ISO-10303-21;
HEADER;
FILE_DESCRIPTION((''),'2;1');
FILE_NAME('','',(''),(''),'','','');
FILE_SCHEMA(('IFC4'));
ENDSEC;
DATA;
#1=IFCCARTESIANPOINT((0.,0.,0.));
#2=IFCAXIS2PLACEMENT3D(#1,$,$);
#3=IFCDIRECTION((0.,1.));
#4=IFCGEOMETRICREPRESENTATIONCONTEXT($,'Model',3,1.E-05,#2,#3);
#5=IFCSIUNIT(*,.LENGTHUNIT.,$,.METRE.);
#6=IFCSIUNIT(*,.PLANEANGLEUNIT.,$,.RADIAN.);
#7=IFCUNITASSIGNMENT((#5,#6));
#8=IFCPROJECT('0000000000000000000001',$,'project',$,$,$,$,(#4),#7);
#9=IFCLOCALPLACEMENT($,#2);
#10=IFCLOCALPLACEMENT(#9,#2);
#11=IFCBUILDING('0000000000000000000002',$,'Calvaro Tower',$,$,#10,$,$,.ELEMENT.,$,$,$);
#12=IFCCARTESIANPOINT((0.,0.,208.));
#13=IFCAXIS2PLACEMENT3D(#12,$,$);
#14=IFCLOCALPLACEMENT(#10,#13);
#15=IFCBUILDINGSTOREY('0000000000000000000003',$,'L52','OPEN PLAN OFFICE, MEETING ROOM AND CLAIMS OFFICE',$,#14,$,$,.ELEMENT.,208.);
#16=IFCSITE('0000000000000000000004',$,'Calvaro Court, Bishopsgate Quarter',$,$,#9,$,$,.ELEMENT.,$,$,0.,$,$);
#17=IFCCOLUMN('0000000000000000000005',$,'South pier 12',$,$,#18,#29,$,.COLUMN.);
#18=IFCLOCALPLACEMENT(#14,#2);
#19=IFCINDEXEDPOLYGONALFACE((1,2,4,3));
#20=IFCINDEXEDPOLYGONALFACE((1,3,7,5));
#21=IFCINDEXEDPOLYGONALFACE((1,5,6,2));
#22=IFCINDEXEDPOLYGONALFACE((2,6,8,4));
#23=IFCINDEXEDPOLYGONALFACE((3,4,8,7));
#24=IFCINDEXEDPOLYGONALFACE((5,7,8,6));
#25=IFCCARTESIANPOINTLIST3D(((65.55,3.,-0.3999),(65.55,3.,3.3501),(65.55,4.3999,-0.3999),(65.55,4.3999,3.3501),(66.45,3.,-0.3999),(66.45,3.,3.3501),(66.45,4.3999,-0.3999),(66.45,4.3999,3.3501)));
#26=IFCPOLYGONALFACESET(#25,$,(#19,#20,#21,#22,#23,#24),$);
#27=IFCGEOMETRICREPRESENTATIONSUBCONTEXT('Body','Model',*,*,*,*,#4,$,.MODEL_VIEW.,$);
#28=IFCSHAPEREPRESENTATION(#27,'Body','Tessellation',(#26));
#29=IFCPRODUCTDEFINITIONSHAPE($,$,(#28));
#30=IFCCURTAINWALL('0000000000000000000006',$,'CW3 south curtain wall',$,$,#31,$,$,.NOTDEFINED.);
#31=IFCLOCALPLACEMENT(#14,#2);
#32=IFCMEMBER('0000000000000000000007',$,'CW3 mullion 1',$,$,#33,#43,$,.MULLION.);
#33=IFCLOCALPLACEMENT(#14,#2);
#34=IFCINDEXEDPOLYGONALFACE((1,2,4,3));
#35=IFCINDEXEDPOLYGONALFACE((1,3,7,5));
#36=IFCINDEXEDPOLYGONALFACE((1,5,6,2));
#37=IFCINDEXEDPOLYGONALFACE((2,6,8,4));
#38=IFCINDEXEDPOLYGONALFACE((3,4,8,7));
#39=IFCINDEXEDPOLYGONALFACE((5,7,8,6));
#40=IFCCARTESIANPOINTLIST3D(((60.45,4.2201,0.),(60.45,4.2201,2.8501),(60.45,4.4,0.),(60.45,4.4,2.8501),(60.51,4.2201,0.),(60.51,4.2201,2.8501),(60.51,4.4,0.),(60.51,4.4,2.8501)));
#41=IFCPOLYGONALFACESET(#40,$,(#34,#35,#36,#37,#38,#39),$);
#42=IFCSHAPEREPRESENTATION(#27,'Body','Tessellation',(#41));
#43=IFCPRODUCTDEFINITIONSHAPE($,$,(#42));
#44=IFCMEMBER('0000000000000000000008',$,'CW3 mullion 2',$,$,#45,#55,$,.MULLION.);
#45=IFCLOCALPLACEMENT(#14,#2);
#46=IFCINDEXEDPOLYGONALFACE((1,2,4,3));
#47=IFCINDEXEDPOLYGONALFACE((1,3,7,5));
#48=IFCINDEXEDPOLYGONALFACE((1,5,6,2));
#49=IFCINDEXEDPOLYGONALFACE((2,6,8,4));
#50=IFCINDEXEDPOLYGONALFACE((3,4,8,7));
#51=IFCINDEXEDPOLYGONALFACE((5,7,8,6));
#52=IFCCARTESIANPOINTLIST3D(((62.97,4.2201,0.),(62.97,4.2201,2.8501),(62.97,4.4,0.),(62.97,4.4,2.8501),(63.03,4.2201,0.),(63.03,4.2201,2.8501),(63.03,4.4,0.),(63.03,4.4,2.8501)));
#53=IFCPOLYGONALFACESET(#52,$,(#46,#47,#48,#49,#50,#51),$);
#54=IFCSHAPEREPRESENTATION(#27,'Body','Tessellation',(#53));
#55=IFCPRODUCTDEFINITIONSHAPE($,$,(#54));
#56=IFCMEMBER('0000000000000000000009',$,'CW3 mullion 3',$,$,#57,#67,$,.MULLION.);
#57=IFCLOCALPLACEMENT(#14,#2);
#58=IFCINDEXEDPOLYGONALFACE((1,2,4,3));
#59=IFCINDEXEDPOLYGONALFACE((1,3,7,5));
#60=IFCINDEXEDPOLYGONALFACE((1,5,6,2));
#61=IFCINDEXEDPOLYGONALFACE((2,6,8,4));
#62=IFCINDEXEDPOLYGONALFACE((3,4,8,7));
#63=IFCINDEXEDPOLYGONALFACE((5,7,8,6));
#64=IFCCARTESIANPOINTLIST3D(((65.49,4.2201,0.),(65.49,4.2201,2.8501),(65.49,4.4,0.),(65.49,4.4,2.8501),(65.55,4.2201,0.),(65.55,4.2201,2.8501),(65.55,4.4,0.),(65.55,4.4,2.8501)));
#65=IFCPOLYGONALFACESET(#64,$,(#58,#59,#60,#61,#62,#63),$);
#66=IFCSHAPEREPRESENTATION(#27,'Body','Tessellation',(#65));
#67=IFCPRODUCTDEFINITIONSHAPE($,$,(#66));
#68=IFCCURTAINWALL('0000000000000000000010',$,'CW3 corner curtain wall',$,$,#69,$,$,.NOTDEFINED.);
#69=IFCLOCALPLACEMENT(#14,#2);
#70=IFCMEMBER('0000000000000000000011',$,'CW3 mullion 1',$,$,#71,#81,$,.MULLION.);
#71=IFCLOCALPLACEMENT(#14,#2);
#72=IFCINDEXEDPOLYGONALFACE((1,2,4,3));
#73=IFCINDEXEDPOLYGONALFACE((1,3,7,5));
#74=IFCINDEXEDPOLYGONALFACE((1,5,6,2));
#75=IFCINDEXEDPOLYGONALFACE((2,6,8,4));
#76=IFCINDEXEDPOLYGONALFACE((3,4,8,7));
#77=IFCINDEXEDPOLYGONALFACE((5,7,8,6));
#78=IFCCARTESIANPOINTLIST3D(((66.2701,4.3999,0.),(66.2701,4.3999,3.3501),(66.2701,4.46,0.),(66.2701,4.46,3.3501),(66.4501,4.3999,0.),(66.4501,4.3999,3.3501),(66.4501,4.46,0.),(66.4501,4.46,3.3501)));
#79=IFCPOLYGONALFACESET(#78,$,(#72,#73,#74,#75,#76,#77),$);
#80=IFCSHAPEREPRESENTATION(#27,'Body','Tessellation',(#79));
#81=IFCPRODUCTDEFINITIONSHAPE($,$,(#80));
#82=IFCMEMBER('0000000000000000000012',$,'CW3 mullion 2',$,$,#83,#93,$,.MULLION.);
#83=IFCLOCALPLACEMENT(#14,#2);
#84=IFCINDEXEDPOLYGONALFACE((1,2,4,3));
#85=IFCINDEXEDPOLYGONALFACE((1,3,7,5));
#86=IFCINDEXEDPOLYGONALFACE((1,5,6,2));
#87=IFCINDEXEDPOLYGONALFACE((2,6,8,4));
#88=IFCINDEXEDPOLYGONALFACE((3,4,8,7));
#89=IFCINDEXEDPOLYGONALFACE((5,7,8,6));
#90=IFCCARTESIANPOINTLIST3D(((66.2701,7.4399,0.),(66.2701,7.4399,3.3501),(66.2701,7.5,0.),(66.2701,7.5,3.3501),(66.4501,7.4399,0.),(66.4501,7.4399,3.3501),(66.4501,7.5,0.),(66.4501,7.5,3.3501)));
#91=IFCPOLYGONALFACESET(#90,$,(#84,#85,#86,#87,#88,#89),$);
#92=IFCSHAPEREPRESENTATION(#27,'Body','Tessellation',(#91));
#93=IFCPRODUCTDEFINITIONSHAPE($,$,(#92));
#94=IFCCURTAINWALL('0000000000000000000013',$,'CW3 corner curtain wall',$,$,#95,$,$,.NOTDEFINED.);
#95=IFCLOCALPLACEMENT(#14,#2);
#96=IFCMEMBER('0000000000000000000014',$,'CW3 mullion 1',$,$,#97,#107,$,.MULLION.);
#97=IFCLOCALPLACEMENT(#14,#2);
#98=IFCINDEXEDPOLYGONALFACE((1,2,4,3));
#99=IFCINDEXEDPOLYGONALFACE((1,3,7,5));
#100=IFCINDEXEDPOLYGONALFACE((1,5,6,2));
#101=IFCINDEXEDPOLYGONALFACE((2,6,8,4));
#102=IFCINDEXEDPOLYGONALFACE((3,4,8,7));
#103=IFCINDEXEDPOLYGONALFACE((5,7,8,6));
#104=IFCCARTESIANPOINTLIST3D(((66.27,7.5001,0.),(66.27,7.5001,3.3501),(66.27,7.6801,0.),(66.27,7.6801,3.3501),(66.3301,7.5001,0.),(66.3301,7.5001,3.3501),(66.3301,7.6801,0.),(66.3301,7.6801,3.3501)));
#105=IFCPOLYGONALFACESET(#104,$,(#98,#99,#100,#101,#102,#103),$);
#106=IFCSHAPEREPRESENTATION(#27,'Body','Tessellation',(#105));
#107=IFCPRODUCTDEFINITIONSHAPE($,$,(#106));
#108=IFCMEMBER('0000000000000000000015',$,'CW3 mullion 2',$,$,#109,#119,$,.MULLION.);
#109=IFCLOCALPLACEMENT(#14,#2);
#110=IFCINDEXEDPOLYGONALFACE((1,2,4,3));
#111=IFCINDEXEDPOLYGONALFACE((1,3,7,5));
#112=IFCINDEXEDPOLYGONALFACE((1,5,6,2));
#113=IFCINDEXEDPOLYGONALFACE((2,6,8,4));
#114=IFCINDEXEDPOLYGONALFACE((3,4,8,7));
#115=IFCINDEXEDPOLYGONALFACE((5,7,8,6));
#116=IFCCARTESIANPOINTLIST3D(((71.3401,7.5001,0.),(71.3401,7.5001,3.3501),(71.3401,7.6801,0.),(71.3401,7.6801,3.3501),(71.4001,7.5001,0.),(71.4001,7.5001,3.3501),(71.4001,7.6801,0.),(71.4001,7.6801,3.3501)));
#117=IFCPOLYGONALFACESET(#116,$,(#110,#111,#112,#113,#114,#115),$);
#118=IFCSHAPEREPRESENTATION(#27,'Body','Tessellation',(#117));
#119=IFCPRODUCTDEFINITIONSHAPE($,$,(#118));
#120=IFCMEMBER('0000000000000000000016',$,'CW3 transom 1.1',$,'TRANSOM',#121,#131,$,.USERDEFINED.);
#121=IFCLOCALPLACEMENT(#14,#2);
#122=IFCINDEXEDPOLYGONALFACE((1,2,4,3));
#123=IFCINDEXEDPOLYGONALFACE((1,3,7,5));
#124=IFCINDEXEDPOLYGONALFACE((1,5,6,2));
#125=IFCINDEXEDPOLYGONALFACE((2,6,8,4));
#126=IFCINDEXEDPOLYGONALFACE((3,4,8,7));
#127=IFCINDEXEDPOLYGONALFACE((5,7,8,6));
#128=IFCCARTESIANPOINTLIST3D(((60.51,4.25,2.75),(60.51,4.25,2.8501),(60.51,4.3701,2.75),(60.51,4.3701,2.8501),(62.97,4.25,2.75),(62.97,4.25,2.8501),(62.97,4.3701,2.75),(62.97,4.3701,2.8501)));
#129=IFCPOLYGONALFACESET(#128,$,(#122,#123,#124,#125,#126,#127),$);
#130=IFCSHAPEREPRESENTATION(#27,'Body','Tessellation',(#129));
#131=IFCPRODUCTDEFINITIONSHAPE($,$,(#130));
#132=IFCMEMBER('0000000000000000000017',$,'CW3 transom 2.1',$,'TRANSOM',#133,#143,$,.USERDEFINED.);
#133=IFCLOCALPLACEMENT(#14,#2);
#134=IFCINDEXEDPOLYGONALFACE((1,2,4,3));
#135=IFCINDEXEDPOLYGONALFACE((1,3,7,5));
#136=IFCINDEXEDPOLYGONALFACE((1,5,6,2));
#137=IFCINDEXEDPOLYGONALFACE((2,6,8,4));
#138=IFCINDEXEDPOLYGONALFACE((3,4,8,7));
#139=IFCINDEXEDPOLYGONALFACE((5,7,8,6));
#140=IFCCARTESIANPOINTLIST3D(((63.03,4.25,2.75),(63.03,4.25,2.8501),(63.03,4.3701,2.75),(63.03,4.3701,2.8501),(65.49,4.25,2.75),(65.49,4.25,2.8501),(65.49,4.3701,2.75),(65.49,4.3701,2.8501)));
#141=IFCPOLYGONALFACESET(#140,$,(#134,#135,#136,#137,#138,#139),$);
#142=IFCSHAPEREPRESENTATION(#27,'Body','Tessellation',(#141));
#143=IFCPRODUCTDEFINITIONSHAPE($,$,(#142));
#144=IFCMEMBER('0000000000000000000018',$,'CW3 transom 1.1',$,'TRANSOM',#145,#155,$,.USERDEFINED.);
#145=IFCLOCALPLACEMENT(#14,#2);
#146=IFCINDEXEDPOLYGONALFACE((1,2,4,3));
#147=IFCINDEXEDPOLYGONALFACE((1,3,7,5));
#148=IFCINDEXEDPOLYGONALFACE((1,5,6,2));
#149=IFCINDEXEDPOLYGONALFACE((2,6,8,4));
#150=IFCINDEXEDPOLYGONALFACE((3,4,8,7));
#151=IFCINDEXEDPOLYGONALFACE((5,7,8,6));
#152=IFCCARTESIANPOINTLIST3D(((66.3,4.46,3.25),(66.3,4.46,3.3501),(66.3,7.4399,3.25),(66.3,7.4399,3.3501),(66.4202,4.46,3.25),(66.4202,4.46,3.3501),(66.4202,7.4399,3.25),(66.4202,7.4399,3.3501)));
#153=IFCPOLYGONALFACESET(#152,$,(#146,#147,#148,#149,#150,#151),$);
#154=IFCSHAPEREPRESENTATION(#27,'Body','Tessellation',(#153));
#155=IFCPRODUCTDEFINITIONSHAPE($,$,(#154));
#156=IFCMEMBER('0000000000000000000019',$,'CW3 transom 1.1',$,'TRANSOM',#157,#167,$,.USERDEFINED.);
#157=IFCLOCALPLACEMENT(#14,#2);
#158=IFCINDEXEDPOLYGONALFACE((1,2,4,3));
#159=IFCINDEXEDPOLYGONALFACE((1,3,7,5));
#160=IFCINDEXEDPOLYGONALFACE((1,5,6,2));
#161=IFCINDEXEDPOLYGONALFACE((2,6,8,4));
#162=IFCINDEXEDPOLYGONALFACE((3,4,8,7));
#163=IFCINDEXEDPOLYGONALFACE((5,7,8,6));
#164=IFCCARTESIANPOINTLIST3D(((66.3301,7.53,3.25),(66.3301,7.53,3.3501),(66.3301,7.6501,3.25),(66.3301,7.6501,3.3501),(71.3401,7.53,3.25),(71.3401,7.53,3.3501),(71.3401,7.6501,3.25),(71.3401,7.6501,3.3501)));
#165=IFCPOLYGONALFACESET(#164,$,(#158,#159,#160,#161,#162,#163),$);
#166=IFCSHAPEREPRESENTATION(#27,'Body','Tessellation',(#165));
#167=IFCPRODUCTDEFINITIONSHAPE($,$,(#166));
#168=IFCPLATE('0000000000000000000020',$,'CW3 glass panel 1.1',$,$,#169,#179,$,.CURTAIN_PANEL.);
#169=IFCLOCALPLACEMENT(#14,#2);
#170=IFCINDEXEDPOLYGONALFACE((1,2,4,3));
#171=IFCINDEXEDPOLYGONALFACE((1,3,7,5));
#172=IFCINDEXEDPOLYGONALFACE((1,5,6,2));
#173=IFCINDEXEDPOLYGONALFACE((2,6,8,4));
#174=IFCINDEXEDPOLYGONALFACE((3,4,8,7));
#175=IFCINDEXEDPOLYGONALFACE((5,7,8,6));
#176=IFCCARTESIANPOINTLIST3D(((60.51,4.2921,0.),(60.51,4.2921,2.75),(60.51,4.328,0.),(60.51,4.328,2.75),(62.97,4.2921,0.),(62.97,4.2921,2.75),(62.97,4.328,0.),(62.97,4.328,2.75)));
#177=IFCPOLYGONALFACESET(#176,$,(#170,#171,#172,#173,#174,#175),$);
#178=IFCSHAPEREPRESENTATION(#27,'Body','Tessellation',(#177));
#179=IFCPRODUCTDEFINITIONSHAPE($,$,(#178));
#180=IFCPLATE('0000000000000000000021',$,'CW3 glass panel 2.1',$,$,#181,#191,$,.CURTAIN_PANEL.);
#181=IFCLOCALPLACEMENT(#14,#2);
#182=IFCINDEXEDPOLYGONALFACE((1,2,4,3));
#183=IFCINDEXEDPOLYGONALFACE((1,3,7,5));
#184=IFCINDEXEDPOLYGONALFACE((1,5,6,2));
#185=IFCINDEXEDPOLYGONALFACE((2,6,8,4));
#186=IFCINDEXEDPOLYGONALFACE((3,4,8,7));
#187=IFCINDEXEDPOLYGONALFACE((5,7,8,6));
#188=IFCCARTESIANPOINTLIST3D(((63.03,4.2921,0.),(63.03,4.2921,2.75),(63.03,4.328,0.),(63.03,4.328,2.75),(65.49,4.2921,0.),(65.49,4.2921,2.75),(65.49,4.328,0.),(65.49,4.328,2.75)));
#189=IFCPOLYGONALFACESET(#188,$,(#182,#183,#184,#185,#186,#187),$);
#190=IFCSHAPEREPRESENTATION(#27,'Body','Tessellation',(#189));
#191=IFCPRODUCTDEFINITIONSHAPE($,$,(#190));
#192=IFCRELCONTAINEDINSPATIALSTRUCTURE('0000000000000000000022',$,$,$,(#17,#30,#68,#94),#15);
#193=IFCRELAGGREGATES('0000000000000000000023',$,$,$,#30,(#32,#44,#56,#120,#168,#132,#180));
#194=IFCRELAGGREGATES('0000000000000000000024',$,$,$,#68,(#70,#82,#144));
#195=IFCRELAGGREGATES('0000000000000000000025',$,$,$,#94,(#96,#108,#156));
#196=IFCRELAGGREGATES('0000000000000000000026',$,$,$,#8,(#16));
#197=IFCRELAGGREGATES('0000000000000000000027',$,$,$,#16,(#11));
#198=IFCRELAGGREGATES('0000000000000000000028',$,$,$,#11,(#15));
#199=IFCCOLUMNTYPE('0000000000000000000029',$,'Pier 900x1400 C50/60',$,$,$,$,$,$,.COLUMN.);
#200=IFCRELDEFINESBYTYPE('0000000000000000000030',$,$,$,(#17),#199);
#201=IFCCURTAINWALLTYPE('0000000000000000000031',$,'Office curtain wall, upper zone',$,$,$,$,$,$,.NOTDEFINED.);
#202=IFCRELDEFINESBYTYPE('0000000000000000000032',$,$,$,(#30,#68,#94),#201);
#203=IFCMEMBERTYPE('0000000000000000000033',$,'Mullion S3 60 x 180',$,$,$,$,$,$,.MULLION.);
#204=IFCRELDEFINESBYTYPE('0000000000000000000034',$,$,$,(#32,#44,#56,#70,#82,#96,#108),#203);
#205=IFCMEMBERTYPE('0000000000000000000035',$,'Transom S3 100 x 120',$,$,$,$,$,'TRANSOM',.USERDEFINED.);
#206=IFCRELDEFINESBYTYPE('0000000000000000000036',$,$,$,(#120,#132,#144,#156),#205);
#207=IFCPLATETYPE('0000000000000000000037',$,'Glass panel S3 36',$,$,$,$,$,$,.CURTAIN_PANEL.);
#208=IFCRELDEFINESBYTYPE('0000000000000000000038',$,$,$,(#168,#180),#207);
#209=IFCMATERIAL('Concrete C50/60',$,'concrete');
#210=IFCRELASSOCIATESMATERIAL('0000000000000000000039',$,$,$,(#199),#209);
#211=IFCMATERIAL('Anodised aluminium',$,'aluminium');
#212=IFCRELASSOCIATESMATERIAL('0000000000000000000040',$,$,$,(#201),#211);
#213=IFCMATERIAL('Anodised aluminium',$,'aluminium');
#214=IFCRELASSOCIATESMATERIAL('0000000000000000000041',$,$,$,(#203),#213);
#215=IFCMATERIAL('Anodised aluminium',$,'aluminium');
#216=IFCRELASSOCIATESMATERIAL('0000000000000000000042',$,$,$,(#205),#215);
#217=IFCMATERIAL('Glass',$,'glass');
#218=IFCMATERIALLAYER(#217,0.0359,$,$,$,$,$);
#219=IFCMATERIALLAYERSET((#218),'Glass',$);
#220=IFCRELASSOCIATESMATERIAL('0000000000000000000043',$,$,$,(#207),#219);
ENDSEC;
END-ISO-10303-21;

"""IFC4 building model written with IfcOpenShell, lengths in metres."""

from ifc_helpers import new_model, si_unit, direction, frame, origin, origin_2d, place, context, subcontext, project, spatial, rectangle, extrude, material, layer, layer_set, material_profile, profile_set, type_object, element, aggregate, save


model = new_model("IFC4")

# Units and contexts
model_context = context("Model", 3, precision=1e-05, world=origin(), true_north=direction((0.0, 1.0)))
body_context = subcontext(model_context, "Body", "Model", "MODEL_VIEW")
ifc_project = project(units=[si_unit("LENGTHUNIT", "METRE"), si_unit("PLANEANGLEUNIT", "RADIAN")], contexts=[model_context])

# Site, building, storey
site_placement = place(None, origin())
site = spatial("IfcSite", under=ifc_project, at=site_placement, Name="Calvaro Court, Bishopsgate Quarter", CompositionType="ELEMENT", RefElevation=0.0)
building_placement = place(site_placement, origin())
building = spatial("IfcBuilding", under=site, at=building_placement, Name="Calvaro Tower", CompositionType="ELEMENT")
storey_placement = place(building_placement, frame((0.0, 0.0, 208.0)))
storey = spatial("IfcBuildingStorey", under=building, at=storey_placement, Name="L52", Description="OPEN PLAN OFFICE, MEETING ROOM AND CLAIMS OFFICE", CompositionType="ELEMENT", Elevation=208.0)

# Column
ifc_material_1 = material(Name="Concrete C50/60", Category="concrete")
ifc_material_profile_1 = material_profile(ifc_material_1, rectangle(XDim=0.8999, YDim=1.3999, at=origin_2d()), Name="RC 900x1400")
ifc_profile_set_1 = profile_set([ifc_material_profile_1], Name="Concrete C50/60")
column_type = type_object("IfcColumnType", Name="Pier 900x1400 C50/60", PredefinedType="COLUMN", material=ifc_profile_set_1)
column_placement = place(storey_placement, frame((66.0, 3.7, -0.3999), z_axis=(0.0, 0.0, 1.0), x_axis=(1.0, 0.0, 0.0)))
element("IfcColumn", 1, at=column_placement, inside=storey, type_object=column_type, Name="South pier 12", PredefinedType="COLUMN", context=body_context, shape_type="SweptSolid", body=[
    extrude(rectangle(XDim=0.8999, YDim=1.3999, at=origin_2d()), origin(), (0.0, 0.0, 1.0), 3.75),
])

# Curtain walls, members
ifc_material_2 = material(Name="Anodised aluminium", Category="aluminium")
curtain_wall_type = type_object("IfcCurtainWallType", Name="Office curtain wall, upper zone", PredefinedType="NOTDEFINED", material=ifc_material_2)
curtain_wall_1_placement = place(storey_placement, origin())
curtain_wall_1 = element("IfcCurtainWall", 2, at=curtain_wall_1_placement, inside=storey, type_object=curtain_wall_type, Name="CW3 south curtain wall", PredefinedType="NOTDEFINED")
ifc_material_3 = material(Name="Anodised aluminium", Category="aluminium")
ifc_material_profile_2 = material_profile(ifc_material_3, rectangle(XDim=0.1799, YDim=0.0601, at=origin_2d()), Name="Mullion S3 60 x 180")
ifc_profile_set_2 = profile_set([ifc_material_profile_2], Name="Anodised aluminium")
member_type_1 = type_object("IfcMemberType", Name="Mullion S3 60 x 180", PredefinedType="MULLION", material=ifc_profile_set_2)
member_1_placement = place(storey_placement, frame((60.48, 4.3101, 0.0), z_axis=(0.0, 0.0, 1.0), x_axis=(0.0, 1.0, 0.0)))
member_1 = element("IfcMember", 3, at=member_1_placement, type_object=member_type_1, Name="CW3 mullion 1", PredefinedType="MULLION", context=body_context, shape_type="SweptSolid", body=[
    extrude(rectangle(XDim=0.1799, YDim=0.0601, at=origin_2d()), origin(), (0.0, 0.0, 1.0), 2.8501),
])
member_2_placement = place(storey_placement, frame((63.0, 4.3101, 0.0), z_axis=(0.0, 0.0, 1.0), x_axis=(0.0, 1.0, 0.0)))
member_2 = element("IfcMember", 4, at=member_2_placement, type_object=member_type_1, Name="CW3 mullion 2", PredefinedType="MULLION", context=body_context, shape_type="SweptSolid", body=[
    extrude(rectangle(XDim=0.1799, YDim=0.0601, at=origin_2d()), origin(), (0.0, 0.0, 1.0), 2.8501),
])
member_3_placement = place(storey_placement, frame((65.52, 4.3101, 0.0), z_axis=(0.0, 0.0, 1.0), x_axis=(0.0, 1.0, 0.0)))
member_3 = element("IfcMember", 5, at=member_3_placement, type_object=member_type_1, Name="CW3 mullion 3", PredefinedType="MULLION", context=body_context, shape_type="SweptSolid", body=[
    extrude(rectangle(XDim=0.1799, YDim=0.0601, at=origin_2d()), origin(), (0.0, 0.0, 1.0), 2.8501),
])
curtain_wall_2_placement = place(storey_placement, origin())
curtain_wall_2 = element("IfcCurtainWall", 6, at=curtain_wall_2_placement, inside=storey, type_object=curtain_wall_type, Name="CW3 corner curtain wall", PredefinedType="NOTDEFINED")
member_4_placement = place(storey_placement, frame((66.3601, 4.4299, 0.0), z_axis=(0.0, 0.0, 1.0), x_axis=(-1.0, 0.0, 0.0)))
member_4 = element("IfcMember", 7, at=member_4_placement, type_object=member_type_1, Name="CW3 mullion 1", PredefinedType="MULLION", context=body_context, shape_type="SweptSolid", body=[
    extrude(rectangle(XDim=0.1799, YDim=0.0601, at=origin_2d()), origin(), (0.0, 0.0, 1.0), 3.3501),
])
member_5_placement = place(storey_placement, frame((66.3601, 7.47, 0.0), z_axis=(0.0, 0.0, 1.0), x_axis=(-1.0, 0.0, 0.0)))
member_5 = element("IfcMember", 8, at=member_5_placement, type_object=member_type_1, Name="CW3 mullion 2", PredefinedType="MULLION", context=body_context, shape_type="SweptSolid", body=[
    extrude(rectangle(XDim=0.1799, YDim=0.0601, at=origin_2d()), origin(), (0.0, 0.0, 1.0), 3.3501),
])
curtain_wall_3_placement = place(storey_placement, origin())
curtain_wall_3 = element("IfcCurtainWall", 9, at=curtain_wall_3_placement, inside=storey, type_object=curtain_wall_type, Name="CW3 corner curtain wall", PredefinedType="NOTDEFINED")
member_6_placement = place(storey_placement, frame((66.3, 7.5901, 0.0), z_axis=(0.0, 0.0, 1.0), x_axis=(0.0, 1.0, 0.0)))
member_6 = element("IfcMember", 10, at=member_6_placement, type_object=member_type_1, Name="CW3 mullion 1", PredefinedType="MULLION", context=body_context, shape_type="SweptSolid", body=[
    extrude(rectangle(XDim=0.1799, YDim=0.0601, at=origin_2d()), origin(), (0.0, 0.0, 1.0), 3.3501),
])
member_7_placement = place(storey_placement, frame((71.3701, 7.5901, 0.0), z_axis=(0.0, 0.0, 1.0), x_axis=(0.0, 1.0, 0.0)))
member_7 = element("IfcMember", 11, at=member_7_placement, type_object=member_type_1, Name="CW3 mullion 2", PredefinedType="MULLION", context=body_context, shape_type="SweptSolid", body=[
    extrude(rectangle(XDim=0.1799, YDim=0.0601, at=origin_2d()), origin(), (0.0, 0.0, 1.0), 3.3501),
])

# Members
ifc_material_4 = material(Name="Anodised aluminium", Category="aluminium")
ifc_material_profile_3 = material_profile(ifc_material_4, rectangle(XDim=0.1201, YDim=0.1001, at=origin_2d()), Name="Transom S3 100 x 120")
ifc_profile_set_3 = profile_set([ifc_material_profile_3], Name="Anodised aluminium")
member_type_2 = type_object("IfcMemberType", Name="Transom S3 100 x 120", ElementType="TRANSOM", PredefinedType="USERDEFINED", material=ifc_profile_set_3)
member_8_placement = place(storey_placement, frame((60.51, 4.3101, 2.8), z_axis=(1.0, 0.0, 0.0), x_axis=(0.0, 1.0, 0.0)))
member_8 = element("IfcMember", 12, at=member_8_placement, type_object=member_type_2, Name="CW3 transom 1.1", ObjectType="TRANSOM", PredefinedType="USERDEFINED", context=body_context, shape_type="SweptSolid", body=[
    extrude(rectangle(XDim=0.1201, YDim=0.1001, at=origin_2d()), origin(), (0.0, 0.0, 1.0), 2.46),
])
member_9_placement = place(storey_placement, frame((63.03, 4.3101, 2.8), z_axis=(1.0, 0.0, 0.0), x_axis=(0.0, 1.0, 0.0)))
member_9 = element("IfcMember", 13, at=member_9_placement, type_object=member_type_2, Name="CW3 transom 2.1", ObjectType="TRANSOM", PredefinedType="USERDEFINED", context=body_context, shape_type="SweptSolid", body=[
    extrude(rectangle(XDim=0.1201, YDim=0.1001, at=origin_2d()), origin(), (0.0, 0.0, 1.0), 2.46),
])
member_10_placement = place(storey_placement, frame((66.3601, 4.46, 3.3), z_axis=(0.0, 1.0, 0.0), x_axis=(-1.0, 0.0, 0.0)))
member_10 = element("IfcMember", 14, at=member_10_placement, type_object=member_type_2, Name="CW3 transom 1.1", ObjectType="TRANSOM", PredefinedType="USERDEFINED", context=body_context, shape_type="SweptSolid", body=[
    extrude(rectangle(XDim=0.1201, YDim=0.1001, at=origin_2d()), origin(), (0.0, 0.0, 1.0), 2.98),
])
member_11_placement = place(storey_placement, frame((66.3301, 7.5901, 3.3), z_axis=(1.0, 0.0, 0.0), x_axis=(0.0, 1.0, 0.0)))
member_11 = element("IfcMember", 15, at=member_11_placement, type_object=member_type_2, Name="CW3 transom 1.1", ObjectType="TRANSOM", PredefinedType="USERDEFINED", context=body_context, shape_type="SweptSolid", body=[
    extrude(rectangle(XDim=0.1201, YDim=0.1001, at=origin_2d()), origin(), (0.0, 0.0, 1.0), 5.01),
])

# Plates
ifc_material_5 = material(Name="Glass", Category="glass")
ifc_layer_1 = layer(ifc_material_5, 0.0359)
ifc_layer_set_1 = layer_set([ifc_layer_1], Name="Glass")
plate_type = type_object("IfcPlateType", Name="Glass panel S3 36", PredefinedType="CURTAIN_PANEL", material=ifc_layer_set_1)
plate_1_placement = place(storey_placement, frame((61.74, 4.3101, 0.0), z_axis=(0.0, 0.0, 1.0), x_axis=(1.0, 0.0, 0.0)))
plate_1 = element("IfcPlate", 16, at=plate_1_placement, type_object=plate_type, Name="CW3 glass panel 1.1", PredefinedType="CURTAIN_PANEL", context=body_context, shape_type="SweptSolid", body=[
    extrude(rectangle(XDim=2.46, YDim=0.0359, at=origin_2d()), origin(), (0.0, 0.0, 1.0), 2.75),
])
plate_2_placement = place(storey_placement, frame((64.26, 4.3101, 0.0), z_axis=(0.0, 0.0, 1.0), x_axis=(1.0, 0.0, 0.0)))
plate_2 = element("IfcPlate", 17, at=plate_2_placement, type_object=plate_type, Name="CW3 glass panel 2.1", PredefinedType="CURTAIN_PANEL", context=body_context, shape_type="SweptSolid", body=[
    extrude(rectangle(XDim=2.46, YDim=0.0359, at=origin_2d()), origin(), (0.0, 0.0, 1.0), 2.75),
])
aggregate(curtain_wall_1, [member_1, member_2, member_3, member_8, plate_1, member_9, plate_2])
aggregate(curtain_wall_2, [member_4, member_5, member_10])
aggregate(curtain_wall_3, [member_6, member_7, member_11])

save(model, "model.ifc")
